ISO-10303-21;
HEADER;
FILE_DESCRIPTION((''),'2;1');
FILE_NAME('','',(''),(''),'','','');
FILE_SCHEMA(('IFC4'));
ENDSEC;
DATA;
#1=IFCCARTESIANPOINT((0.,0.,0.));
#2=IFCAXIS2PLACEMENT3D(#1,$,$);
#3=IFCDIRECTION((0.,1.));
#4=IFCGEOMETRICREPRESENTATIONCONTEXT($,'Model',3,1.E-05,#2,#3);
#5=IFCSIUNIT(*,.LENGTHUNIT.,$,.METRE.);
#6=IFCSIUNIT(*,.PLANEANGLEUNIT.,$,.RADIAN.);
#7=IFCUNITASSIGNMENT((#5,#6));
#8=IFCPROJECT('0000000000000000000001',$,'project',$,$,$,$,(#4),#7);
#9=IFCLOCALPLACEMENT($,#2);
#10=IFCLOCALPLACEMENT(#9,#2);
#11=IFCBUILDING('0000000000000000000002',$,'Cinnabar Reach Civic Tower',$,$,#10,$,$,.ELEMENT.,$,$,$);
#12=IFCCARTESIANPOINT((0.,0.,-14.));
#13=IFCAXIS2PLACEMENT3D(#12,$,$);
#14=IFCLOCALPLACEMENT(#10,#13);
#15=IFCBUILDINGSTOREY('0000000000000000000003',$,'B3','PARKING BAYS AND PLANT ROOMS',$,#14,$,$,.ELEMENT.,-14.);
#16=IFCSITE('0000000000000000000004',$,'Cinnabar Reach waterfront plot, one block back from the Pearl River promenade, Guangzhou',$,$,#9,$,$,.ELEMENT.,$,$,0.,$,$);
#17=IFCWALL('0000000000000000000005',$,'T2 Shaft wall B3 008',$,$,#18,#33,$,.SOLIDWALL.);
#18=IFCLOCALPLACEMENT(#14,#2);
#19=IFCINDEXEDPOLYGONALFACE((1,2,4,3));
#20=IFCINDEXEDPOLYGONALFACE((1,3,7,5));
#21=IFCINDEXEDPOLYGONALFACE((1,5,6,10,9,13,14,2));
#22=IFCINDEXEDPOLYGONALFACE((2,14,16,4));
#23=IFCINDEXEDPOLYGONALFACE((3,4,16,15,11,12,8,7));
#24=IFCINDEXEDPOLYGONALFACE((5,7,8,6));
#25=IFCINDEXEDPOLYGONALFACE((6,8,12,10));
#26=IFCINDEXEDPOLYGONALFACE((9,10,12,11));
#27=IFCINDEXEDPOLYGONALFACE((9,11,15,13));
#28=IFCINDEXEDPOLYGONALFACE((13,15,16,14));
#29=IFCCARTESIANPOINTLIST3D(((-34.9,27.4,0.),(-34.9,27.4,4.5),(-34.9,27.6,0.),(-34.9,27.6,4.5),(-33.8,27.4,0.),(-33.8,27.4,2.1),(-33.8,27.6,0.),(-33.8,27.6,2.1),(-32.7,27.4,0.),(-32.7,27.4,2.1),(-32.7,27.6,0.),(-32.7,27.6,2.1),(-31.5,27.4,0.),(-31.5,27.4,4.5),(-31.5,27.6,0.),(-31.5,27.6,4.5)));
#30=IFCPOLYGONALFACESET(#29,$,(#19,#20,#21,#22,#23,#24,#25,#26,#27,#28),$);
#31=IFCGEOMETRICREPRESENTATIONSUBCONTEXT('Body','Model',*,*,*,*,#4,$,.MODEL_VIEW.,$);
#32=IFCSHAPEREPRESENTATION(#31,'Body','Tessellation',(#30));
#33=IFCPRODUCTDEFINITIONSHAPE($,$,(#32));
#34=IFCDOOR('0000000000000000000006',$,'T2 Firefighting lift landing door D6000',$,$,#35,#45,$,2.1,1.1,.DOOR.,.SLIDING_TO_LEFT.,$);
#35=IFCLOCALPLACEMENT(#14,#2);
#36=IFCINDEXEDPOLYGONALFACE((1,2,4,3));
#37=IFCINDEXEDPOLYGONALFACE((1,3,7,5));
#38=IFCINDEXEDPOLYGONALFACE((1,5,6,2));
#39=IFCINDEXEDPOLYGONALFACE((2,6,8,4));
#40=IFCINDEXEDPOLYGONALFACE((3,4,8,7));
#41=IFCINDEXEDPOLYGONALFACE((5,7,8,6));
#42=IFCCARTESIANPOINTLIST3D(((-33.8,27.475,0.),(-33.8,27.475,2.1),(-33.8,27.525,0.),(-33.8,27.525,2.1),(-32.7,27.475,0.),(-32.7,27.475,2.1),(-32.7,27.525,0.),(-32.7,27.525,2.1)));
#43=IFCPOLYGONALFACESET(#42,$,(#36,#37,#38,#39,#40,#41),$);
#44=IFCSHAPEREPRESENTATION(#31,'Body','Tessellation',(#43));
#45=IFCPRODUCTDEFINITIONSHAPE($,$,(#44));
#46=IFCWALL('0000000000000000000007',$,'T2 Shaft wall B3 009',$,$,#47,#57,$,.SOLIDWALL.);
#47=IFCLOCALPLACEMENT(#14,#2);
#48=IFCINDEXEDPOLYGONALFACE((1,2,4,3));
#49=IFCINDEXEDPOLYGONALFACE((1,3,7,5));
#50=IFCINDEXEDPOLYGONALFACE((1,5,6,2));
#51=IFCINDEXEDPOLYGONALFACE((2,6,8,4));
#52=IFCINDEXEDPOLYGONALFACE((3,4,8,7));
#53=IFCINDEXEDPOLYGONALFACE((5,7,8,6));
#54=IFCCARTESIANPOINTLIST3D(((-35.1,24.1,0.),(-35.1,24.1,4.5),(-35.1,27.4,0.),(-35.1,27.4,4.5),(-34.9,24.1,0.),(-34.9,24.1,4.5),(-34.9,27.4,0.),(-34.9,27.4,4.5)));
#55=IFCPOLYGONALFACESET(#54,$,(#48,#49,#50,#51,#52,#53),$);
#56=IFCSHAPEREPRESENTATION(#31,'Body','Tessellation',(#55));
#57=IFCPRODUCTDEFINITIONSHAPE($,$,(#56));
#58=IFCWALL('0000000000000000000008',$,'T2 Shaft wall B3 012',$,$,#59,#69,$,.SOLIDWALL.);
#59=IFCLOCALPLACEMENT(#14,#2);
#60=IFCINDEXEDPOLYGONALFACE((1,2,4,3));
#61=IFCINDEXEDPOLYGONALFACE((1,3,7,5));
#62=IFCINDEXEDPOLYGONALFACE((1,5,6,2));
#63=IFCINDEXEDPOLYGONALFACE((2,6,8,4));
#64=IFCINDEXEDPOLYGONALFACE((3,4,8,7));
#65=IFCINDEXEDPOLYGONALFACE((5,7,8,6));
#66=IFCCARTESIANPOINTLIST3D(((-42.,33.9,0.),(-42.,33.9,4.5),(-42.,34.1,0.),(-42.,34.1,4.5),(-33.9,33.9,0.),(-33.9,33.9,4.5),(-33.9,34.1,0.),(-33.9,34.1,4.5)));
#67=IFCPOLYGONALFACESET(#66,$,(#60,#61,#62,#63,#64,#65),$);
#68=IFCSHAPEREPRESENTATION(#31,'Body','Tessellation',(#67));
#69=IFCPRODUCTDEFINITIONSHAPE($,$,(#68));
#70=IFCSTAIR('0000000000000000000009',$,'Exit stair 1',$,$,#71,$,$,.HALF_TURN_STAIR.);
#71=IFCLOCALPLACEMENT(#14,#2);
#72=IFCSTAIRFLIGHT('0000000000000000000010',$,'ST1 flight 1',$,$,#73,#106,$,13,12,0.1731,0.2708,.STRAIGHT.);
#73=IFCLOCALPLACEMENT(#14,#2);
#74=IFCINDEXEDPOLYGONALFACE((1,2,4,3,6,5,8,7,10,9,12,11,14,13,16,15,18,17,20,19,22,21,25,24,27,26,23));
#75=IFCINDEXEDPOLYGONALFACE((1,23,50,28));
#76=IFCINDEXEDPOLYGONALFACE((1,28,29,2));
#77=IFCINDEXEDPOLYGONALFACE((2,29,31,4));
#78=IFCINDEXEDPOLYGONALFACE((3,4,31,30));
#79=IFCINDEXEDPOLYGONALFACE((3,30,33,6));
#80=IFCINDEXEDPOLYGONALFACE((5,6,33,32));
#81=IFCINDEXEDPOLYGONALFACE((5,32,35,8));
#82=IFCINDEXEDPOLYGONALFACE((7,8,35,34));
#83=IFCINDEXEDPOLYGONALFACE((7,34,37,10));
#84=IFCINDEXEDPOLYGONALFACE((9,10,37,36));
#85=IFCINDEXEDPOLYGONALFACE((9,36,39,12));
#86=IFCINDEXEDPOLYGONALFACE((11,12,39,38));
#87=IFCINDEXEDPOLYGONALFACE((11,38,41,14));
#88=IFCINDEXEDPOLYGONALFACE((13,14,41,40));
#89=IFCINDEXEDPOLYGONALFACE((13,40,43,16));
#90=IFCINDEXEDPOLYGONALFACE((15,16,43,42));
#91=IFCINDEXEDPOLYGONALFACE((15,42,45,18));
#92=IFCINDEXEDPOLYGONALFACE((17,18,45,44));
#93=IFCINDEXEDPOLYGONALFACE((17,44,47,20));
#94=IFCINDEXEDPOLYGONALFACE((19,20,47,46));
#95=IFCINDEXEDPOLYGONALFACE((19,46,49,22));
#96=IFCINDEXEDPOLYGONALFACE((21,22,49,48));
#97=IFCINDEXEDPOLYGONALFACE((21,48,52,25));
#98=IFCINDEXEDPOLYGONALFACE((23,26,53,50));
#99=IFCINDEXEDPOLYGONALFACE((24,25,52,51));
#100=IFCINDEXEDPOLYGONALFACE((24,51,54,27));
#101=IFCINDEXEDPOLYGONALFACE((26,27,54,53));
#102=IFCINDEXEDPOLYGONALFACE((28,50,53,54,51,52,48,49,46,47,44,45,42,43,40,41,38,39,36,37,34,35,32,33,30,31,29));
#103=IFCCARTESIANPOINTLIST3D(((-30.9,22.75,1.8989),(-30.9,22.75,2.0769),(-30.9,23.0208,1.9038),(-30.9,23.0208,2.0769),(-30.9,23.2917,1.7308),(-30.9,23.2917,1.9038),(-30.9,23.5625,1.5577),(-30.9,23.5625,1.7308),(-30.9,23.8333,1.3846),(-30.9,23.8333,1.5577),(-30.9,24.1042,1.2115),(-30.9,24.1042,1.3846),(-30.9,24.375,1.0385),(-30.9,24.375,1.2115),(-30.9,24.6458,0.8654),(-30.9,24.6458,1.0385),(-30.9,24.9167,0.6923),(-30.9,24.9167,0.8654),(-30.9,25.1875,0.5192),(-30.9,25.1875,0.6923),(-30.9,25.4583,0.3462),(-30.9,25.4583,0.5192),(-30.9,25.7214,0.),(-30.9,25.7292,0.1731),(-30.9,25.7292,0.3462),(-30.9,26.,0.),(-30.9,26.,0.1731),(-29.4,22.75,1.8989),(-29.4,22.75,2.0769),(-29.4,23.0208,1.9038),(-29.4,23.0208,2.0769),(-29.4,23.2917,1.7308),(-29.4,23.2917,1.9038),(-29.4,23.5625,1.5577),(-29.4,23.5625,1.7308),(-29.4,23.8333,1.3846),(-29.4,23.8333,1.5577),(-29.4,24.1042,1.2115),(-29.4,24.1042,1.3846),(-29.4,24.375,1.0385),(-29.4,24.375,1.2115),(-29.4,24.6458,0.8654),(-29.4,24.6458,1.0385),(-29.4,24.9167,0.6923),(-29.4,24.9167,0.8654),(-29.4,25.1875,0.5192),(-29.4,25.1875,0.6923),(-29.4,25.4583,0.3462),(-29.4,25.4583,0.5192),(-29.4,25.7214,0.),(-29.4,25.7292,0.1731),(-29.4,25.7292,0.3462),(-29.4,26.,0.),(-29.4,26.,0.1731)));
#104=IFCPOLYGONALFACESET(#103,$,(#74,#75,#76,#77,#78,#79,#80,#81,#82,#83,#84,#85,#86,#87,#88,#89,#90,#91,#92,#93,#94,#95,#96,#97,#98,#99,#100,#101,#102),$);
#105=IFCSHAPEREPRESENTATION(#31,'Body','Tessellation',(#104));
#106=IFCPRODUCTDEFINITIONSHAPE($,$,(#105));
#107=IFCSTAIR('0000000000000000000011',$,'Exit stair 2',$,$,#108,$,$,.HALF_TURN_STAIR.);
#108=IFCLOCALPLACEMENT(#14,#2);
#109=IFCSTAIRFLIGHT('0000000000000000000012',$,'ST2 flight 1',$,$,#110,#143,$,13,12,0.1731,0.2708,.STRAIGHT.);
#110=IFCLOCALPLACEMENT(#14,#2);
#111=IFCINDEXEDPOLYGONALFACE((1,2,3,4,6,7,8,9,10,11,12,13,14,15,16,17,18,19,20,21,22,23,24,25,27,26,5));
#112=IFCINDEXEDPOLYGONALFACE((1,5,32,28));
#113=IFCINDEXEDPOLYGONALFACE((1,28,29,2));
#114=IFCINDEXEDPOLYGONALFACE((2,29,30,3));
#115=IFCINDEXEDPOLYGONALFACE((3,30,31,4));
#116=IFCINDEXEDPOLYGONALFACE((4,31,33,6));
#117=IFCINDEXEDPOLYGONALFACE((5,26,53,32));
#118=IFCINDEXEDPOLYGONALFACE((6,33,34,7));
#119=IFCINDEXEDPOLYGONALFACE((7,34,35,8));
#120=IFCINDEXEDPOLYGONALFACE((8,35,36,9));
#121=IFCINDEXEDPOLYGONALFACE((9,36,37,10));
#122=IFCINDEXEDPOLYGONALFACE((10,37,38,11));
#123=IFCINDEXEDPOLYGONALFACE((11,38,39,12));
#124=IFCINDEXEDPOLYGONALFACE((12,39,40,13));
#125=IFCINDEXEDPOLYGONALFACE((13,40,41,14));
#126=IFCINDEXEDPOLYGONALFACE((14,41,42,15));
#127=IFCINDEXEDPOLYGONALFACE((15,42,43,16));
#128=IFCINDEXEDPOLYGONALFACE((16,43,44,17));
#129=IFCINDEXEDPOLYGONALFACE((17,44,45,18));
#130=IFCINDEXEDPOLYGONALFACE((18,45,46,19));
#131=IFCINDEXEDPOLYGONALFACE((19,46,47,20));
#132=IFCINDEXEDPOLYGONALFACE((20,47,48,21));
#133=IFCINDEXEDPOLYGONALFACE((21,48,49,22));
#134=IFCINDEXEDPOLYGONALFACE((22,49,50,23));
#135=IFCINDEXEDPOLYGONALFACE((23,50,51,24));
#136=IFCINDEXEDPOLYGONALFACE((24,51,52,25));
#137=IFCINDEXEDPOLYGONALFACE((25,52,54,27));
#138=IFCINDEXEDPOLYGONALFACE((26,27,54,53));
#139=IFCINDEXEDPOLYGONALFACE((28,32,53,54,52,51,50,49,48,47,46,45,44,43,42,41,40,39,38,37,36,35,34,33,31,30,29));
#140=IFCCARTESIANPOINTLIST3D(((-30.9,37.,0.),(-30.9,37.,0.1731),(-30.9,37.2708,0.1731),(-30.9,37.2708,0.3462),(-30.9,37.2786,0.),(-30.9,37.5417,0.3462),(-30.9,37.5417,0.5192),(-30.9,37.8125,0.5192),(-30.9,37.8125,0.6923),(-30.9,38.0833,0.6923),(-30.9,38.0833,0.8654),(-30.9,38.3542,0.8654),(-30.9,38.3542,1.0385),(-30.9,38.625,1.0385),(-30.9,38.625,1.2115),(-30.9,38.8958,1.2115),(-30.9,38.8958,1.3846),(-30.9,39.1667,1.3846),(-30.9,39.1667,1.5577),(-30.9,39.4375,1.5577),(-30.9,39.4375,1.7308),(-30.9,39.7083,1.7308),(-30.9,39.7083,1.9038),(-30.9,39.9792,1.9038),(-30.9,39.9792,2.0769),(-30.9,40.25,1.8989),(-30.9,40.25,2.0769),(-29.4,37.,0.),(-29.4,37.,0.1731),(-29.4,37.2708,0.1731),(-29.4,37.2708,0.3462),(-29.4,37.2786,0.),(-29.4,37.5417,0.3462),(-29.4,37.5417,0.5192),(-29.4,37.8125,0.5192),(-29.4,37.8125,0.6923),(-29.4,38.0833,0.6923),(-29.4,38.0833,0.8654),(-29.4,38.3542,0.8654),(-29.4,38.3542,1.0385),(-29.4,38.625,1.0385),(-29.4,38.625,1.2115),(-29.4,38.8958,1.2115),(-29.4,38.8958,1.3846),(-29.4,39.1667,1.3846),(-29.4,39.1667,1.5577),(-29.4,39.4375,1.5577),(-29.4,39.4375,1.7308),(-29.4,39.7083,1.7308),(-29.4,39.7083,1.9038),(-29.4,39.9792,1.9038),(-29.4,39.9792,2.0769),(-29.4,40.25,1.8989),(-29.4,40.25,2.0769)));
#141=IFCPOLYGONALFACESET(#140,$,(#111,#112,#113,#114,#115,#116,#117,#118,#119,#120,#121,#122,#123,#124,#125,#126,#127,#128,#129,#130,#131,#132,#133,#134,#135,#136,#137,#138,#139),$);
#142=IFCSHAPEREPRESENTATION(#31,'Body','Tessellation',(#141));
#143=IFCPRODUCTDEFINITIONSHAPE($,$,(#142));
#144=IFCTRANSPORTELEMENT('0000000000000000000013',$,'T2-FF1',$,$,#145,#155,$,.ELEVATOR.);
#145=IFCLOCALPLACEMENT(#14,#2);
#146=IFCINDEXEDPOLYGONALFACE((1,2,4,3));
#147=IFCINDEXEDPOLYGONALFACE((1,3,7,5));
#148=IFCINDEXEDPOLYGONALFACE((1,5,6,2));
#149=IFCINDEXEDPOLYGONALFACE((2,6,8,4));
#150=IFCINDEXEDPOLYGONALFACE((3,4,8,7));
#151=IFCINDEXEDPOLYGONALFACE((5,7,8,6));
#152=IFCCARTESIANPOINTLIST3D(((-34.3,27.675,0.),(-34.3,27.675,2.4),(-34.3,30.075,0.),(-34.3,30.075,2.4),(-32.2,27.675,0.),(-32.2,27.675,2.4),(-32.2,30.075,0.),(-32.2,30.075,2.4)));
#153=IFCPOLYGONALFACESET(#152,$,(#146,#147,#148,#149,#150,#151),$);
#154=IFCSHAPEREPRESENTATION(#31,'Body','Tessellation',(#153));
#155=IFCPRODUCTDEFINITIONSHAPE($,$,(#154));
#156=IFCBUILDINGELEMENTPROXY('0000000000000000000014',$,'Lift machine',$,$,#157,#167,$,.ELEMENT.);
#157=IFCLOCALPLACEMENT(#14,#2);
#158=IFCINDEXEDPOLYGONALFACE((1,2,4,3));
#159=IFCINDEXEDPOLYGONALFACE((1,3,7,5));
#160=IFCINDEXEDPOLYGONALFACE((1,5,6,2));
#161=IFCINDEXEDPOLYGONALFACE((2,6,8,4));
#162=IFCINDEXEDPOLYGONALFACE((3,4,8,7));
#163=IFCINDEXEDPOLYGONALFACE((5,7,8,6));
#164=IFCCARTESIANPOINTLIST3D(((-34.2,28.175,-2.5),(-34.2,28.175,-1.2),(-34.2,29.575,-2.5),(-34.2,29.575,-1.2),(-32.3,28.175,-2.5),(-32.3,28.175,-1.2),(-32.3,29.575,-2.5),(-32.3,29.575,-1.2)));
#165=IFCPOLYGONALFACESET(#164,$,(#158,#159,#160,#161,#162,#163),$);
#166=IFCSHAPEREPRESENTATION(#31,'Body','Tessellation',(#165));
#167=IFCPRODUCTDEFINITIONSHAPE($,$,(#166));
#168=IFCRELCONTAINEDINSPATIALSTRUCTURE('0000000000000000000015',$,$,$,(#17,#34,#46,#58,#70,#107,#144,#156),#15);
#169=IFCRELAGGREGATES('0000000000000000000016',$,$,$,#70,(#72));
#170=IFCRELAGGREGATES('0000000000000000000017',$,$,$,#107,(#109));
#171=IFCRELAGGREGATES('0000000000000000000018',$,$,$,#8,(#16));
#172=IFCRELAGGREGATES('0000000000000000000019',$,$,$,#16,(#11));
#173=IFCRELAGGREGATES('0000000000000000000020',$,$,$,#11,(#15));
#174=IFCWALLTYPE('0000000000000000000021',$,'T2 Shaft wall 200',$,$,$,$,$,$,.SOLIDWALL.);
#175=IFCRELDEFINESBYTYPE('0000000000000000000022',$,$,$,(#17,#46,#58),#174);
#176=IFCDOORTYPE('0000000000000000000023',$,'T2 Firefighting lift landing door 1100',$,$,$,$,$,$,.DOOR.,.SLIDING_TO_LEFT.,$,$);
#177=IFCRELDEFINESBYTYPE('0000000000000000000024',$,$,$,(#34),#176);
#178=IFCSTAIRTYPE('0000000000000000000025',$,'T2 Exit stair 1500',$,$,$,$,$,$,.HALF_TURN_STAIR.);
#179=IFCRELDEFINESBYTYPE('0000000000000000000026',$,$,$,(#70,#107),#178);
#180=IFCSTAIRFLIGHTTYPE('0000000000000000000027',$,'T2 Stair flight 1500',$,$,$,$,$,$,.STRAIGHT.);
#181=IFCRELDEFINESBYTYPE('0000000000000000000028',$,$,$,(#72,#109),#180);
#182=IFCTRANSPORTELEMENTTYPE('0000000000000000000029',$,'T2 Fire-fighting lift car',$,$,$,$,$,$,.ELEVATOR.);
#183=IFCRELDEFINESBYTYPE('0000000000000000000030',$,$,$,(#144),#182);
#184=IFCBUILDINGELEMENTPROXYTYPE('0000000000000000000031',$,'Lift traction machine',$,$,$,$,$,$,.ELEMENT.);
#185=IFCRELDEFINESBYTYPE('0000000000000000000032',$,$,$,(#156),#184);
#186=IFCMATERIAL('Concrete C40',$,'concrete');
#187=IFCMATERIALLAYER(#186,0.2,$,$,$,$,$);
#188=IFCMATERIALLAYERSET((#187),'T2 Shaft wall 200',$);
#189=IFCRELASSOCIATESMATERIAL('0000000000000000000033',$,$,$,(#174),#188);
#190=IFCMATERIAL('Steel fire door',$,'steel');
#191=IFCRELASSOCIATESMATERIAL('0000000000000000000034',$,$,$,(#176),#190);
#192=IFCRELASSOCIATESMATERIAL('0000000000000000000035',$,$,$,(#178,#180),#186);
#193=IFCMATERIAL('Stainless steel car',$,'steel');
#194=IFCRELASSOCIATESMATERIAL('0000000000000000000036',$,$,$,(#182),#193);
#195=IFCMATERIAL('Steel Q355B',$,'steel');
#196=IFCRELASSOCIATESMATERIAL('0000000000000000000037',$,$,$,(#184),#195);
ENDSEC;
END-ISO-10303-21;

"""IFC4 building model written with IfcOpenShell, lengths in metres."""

from ifc_helpers import new_model, si_unit, direction, frame, frame_2d, origin, origin_2d, place, context, subcontext, project, spatial, polyline, rectangle, outline, extrude, material, layer, layer_set, type_object, element, fill, aggregate, save


model = new_model("IFC4")

# Units and contexts
model_context = context("Model", 3, precision=1e-05, world=origin(), true_north=direction((0.0, 1.0)))
body_context = subcontext(model_context, "Body", "Model", "MODEL_VIEW")
ifc_project = project(units=[si_unit("LENGTHUNIT", "METRE"), si_unit("PLANEANGLEUNIT", "RADIAN")], contexts=[model_context])

# Site, building, storey
site_placement = place(None, origin())
site = spatial("IfcSite", under=ifc_project, at=site_placement, Name="Cinnabar Reach waterfront plot, one block back from the Pearl River promenade, Guangzhou", CompositionType="ELEMENT", RefElevation=0.0)
building_placement = place(site_placement, origin())
building = spatial("IfcBuilding", under=site, at=building_placement, Name="Cinnabar Reach Civic Tower", CompositionType="ELEMENT")
storey_placement = place(building_placement, frame((0.0, 0.0, -14.0)))
storey = spatial("IfcBuildingStorey", under=building, at=storey_placement, Name="B3", Description="PARKING BAYS AND PLANT ROOMS", CompositionType="ELEMENT", Elevation=-14.0)

# Shared definitions
ifc_material_1 = material(Name="Concrete C40", Category="concrete")

# Shared definitions
ifc_material_2 = material(Name="Steel Q355B", Category="steel")

# Shared definitions
ifc_material_3 = material(Name="Steel fire door", Category="steel")

# Shared definitions
ifc_layer_1 = layer(ifc_material_1, 0.2)
ifc_layer_set_1 = layer_set([ifc_layer_1], Name="T2 Shaft wall 200")
wall_type_1 = type_object("IfcWallType", Name="T2 Shaft wall 200", PredefinedType="SOLIDWALL", material=ifc_layer_set_1)

# Wall, opening, door
wall_1_placement = place(storey_placement, frame((-34.9, 27.5, 0.0), z_axis=(0.0, 0.0, 1.0), x_axis=(1.0, 0.0, 0.0)))
wall_1 = element("IfcWall", 1, at=wall_1_placement, inside=storey, type_object=wall_type_1, Name="T2 Shaft wall B3 008", PredefinedType="SOLIDWALL", context=body_context, shape_type="SweptSolid", body=[
    extrude(rectangle(XDim=3.4, YDim=0.2, at=frame_2d((1.7, 0.0))), origin(), (0.0, 0.0, 1.0), 4.5),
])
opening_1_placement = place(wall_1_placement, frame((1.1, 0.0, 0.0)))
opening_1 = element("IfcOpeningElement", 2, at=opening_1_placement, cuts=wall_1, PredefinedType="OPENING", context=body_context, shape_type="SweptSolid", body=[
    extrude(rectangle(XDim=1.1, YDim=2.1, at=frame_2d((0.55, 1.05))), frame((0.0, 0.11, 0.0), z_axis=(0.0, -1.0, 0.0), x_axis=(1.0, 0.0, 0.0)), (0.0, 0.0, 1.0), 0.22),
])
door_type_1 = type_object("IfcDoorType", Name="T2 Firefighting lift landing door 1100", OperationType="SLIDING_TO_LEFT", PredefinedType="DOOR", material=ifc_material_3)
door_1_placement = place(opening_1_placement, origin())
door_1 = element("IfcDoor", 3, at=door_1_placement, inside=storey, type_object=door_type_1, Name="T2 Firefighting lift landing door D6000", OperationType="SLIDING_TO_LEFT", OverallHeight=2.1, OverallWidth=1.1, PredefinedType="DOOR", context=body_context, shape_type="SweptSolid", body=[
    extrude(rectangle(XDim=1.1, YDim=2.1, at=frame_2d((0.55, 1.05))), frame((0.0, 0.025, 0.0), z_axis=(0.0, -1.0, 0.0), x_axis=(1.0, 0.0, 0.0)), (0.0, 0.0, 1.0), 0.05),
])
fill(opening_1, door_1)

# Walls
wall_2_placement = place(storey_placement, frame((-35.0, 24.1, 0.0), z_axis=(0.0, 0.0, 1.0), x_axis=(0.0, 1.0, 0.0)))
element("IfcWall", 4, at=wall_2_placement, inside=storey, type_object=wall_type_1, Name="T2 Shaft wall B3 009", PredefinedType="SOLIDWALL", context=body_context, shape_type="SweptSolid", body=[
    extrude(rectangle(XDim=3.3, YDim=0.2, at=frame_2d((1.65, 0.0))), origin(), (0.0, 0.0, 1.0), 4.5),
])
wall_3_placement = place(storey_placement, frame((-33.9, 34.0, 0.0), z_axis=(0.0, 0.0, 1.0), x_axis=(-1.0, 0.0, 0.0)))
element("IfcWall", 5, at=wall_3_placement, inside=storey, type_object=wall_type_1, Name="T2 Shaft wall B3 012", PredefinedType="SOLIDWALL", context=body_context, shape_type="SweptSolid", body=[
    extrude(rectangle(XDim=8.1, YDim=0.2, at=frame_2d((4.05, 0.0))), origin(), (0.0, 0.0, 1.0), 4.5),
])

# Stairs, stair flights
stair_type = type_object("IfcStairType", Name="T2 Exit stair 1500", PredefinedType="HALF_TURN_STAIR", material=ifc_material_1)
stair_1_placement = place(storey_placement, origin())
stair_1 = element("IfcStair", 6, at=stair_1_placement, inside=storey, type_object=stair_type, Name="Exit stair 1", PredefinedType="HALF_TURN_STAIR")
stair_flight_type = type_object("IfcStairFlightType", Name="T2 Stair flight 1500", PredefinedType="STRAIGHT", material=ifc_material_1)
stair_flight_1_placement = place(storey_placement, frame((-30.15, 26.0, 0.0), z_axis=(0.0, 0.0, 1.0), x_axis=(0.0, -1.0, 0.0)))
stair_flight_1 = element("IfcStairFlight", 7, at=stair_flight_1_placement, type_object=stair_flight_type, Name="ST1 flight 1", NumberOfRisers=13, NumberOfTreads=12, PredefinedType="STRAIGHT", RiserHeight=0.1731, TreadLength=0.2708, context=body_context, shape_type="SweptSolid", body=[
    extrude(outline(polyline([(0.0, 0.0), (0.0, 0.1731), (0.2708, 0.1731), (0.2708, 0.3462), (0.5417, 0.3462), (0.5417, 0.5192), (0.8125, 0.5192), (0.8125, 0.6923), (1.0833, 0.6923), (1.0833, 0.8654), (1.3542, 0.8654), (1.3542, 1.0385), (1.625, 1.0385), (1.625, 1.2115), (1.8958, 1.2115), (1.8958, 1.3846), (2.1667, 1.3846), (2.1667, 1.5577), (2.4375, 1.5577), (2.4375, 1.7308), (2.7083, 1.7308), (2.7083, 1.9038), (2.9792, 1.9038), (2.9792, 2.0769), (3.25, 2.0769), (3.25, 2.25), (3.25, 1.8989), (0.2786, 0.0), (0.0, 0.0)])), frame((0.0, 0.75, 0.0), z_axis=(0.0, -1.0, 0.0), x_axis=(1.0, 0.0, 0.0)), (0.0, 0.0, 1.0), 1.5),
])
aggregate(stair_1, [stair_flight_1])
stair_2_placement = place(storey_placement, origin())
stair_2 = element("IfcStair", 8, at=stair_2_placement, inside=storey, type_object=stair_type, Name="Exit stair 2", PredefinedType="HALF_TURN_STAIR")
stair_flight_2_placement = place(storey_placement, frame((-30.15, 37.0, 0.0), z_axis=(0.0, 0.0, 1.0), x_axis=(0.0, 1.0, 0.0)))
stair_flight_2 = element("IfcStairFlight", 9, at=stair_flight_2_placement, type_object=stair_flight_type, Name="ST2 flight 1", NumberOfRisers=13, NumberOfTreads=12, PredefinedType="STRAIGHT", RiserHeight=0.1731, TreadLength=0.2708, context=body_context, shape_type="SweptSolid", body=[
    extrude(outline(polyline([(0.0, 0.0), (0.0, 0.1731), (0.2708, 0.1731), (0.2708, 0.3462), (0.5417, 0.3462), (0.5417, 0.5192), (0.8125, 0.5192), (0.8125, 0.6923), (1.0833, 0.6923), (1.0833, 0.8654), (1.3542, 0.8654), (1.3542, 1.0385), (1.625, 1.0385), (1.625, 1.2115), (1.8958, 1.2115), (1.8958, 1.3846), (2.1667, 1.3846), (2.1667, 1.5577), (2.4375, 1.5577), (2.4375, 1.7308), (2.7083, 1.7308), (2.7083, 1.9038), (2.9792, 1.9038), (2.9792, 2.0769), (3.25, 2.0769), (3.25, 2.25), (3.25, 1.8989), (0.2786, 0.0), (0.0, 0.0)])), frame((0.0, 0.75, 0.0), z_axis=(0.0, -1.0, 0.0), x_axis=(1.0, 0.0, 0.0)), (0.0, 0.0, 1.0), 1.5),
])
aggregate(stair_2, [stair_flight_2])

# Transport element
ifc_material_4 = material(Name="Stainless steel car", Category="steel")
transport_element_type = type_object("IfcTransportElementType", Name="T2 Fire-fighting lift car", PredefinedType="ELEVATOR", material=ifc_material_4)
transport_element_placement = place(storey_placement, frame((-33.25, 28.875, 0.0), z_axis=(0.0, 0.0, 1.0), x_axis=(1.0, 0.0, 0.0)))
element("IfcTransportElement", 10, at=transport_element_placement, inside=storey, type_object=transport_element_type, Name="T2-FF1", PredefinedType="ELEVATOR", context=body_context, shape_type="SweptSolid", body=[
    extrude(rectangle(XDim=2.1, YDim=2.4, at=origin_2d()), origin(), (0.0, 0.0, 1.0), 2.4),
])

# Building element proxy
building_element_proxy_type = type_object("IfcBuildingElementProxyType", Name="Lift traction machine", PredefinedType="ELEMENT", material=ifc_material_2)
proxy_placement = place(storey_placement, frame((-33.25, 28.875, -2.5), z_axis=(0.0, 0.0, 1.0), x_axis=(1.0, 0.0, 0.0)))
element("IfcBuildingElementProxy", 11, at=proxy_placement, inside=storey, type_object=building_element_proxy_type, Name="Lift machine", PredefinedType="ELEMENT", context=body_context, shape_type="SweptSolid", body=[
    extrude(rectangle(XDim=1.9, YDim=1.4, at=origin_2d()), origin(), (0.0, 0.0, 1.0), 1.3),
])

save(model, "model.ifc")
